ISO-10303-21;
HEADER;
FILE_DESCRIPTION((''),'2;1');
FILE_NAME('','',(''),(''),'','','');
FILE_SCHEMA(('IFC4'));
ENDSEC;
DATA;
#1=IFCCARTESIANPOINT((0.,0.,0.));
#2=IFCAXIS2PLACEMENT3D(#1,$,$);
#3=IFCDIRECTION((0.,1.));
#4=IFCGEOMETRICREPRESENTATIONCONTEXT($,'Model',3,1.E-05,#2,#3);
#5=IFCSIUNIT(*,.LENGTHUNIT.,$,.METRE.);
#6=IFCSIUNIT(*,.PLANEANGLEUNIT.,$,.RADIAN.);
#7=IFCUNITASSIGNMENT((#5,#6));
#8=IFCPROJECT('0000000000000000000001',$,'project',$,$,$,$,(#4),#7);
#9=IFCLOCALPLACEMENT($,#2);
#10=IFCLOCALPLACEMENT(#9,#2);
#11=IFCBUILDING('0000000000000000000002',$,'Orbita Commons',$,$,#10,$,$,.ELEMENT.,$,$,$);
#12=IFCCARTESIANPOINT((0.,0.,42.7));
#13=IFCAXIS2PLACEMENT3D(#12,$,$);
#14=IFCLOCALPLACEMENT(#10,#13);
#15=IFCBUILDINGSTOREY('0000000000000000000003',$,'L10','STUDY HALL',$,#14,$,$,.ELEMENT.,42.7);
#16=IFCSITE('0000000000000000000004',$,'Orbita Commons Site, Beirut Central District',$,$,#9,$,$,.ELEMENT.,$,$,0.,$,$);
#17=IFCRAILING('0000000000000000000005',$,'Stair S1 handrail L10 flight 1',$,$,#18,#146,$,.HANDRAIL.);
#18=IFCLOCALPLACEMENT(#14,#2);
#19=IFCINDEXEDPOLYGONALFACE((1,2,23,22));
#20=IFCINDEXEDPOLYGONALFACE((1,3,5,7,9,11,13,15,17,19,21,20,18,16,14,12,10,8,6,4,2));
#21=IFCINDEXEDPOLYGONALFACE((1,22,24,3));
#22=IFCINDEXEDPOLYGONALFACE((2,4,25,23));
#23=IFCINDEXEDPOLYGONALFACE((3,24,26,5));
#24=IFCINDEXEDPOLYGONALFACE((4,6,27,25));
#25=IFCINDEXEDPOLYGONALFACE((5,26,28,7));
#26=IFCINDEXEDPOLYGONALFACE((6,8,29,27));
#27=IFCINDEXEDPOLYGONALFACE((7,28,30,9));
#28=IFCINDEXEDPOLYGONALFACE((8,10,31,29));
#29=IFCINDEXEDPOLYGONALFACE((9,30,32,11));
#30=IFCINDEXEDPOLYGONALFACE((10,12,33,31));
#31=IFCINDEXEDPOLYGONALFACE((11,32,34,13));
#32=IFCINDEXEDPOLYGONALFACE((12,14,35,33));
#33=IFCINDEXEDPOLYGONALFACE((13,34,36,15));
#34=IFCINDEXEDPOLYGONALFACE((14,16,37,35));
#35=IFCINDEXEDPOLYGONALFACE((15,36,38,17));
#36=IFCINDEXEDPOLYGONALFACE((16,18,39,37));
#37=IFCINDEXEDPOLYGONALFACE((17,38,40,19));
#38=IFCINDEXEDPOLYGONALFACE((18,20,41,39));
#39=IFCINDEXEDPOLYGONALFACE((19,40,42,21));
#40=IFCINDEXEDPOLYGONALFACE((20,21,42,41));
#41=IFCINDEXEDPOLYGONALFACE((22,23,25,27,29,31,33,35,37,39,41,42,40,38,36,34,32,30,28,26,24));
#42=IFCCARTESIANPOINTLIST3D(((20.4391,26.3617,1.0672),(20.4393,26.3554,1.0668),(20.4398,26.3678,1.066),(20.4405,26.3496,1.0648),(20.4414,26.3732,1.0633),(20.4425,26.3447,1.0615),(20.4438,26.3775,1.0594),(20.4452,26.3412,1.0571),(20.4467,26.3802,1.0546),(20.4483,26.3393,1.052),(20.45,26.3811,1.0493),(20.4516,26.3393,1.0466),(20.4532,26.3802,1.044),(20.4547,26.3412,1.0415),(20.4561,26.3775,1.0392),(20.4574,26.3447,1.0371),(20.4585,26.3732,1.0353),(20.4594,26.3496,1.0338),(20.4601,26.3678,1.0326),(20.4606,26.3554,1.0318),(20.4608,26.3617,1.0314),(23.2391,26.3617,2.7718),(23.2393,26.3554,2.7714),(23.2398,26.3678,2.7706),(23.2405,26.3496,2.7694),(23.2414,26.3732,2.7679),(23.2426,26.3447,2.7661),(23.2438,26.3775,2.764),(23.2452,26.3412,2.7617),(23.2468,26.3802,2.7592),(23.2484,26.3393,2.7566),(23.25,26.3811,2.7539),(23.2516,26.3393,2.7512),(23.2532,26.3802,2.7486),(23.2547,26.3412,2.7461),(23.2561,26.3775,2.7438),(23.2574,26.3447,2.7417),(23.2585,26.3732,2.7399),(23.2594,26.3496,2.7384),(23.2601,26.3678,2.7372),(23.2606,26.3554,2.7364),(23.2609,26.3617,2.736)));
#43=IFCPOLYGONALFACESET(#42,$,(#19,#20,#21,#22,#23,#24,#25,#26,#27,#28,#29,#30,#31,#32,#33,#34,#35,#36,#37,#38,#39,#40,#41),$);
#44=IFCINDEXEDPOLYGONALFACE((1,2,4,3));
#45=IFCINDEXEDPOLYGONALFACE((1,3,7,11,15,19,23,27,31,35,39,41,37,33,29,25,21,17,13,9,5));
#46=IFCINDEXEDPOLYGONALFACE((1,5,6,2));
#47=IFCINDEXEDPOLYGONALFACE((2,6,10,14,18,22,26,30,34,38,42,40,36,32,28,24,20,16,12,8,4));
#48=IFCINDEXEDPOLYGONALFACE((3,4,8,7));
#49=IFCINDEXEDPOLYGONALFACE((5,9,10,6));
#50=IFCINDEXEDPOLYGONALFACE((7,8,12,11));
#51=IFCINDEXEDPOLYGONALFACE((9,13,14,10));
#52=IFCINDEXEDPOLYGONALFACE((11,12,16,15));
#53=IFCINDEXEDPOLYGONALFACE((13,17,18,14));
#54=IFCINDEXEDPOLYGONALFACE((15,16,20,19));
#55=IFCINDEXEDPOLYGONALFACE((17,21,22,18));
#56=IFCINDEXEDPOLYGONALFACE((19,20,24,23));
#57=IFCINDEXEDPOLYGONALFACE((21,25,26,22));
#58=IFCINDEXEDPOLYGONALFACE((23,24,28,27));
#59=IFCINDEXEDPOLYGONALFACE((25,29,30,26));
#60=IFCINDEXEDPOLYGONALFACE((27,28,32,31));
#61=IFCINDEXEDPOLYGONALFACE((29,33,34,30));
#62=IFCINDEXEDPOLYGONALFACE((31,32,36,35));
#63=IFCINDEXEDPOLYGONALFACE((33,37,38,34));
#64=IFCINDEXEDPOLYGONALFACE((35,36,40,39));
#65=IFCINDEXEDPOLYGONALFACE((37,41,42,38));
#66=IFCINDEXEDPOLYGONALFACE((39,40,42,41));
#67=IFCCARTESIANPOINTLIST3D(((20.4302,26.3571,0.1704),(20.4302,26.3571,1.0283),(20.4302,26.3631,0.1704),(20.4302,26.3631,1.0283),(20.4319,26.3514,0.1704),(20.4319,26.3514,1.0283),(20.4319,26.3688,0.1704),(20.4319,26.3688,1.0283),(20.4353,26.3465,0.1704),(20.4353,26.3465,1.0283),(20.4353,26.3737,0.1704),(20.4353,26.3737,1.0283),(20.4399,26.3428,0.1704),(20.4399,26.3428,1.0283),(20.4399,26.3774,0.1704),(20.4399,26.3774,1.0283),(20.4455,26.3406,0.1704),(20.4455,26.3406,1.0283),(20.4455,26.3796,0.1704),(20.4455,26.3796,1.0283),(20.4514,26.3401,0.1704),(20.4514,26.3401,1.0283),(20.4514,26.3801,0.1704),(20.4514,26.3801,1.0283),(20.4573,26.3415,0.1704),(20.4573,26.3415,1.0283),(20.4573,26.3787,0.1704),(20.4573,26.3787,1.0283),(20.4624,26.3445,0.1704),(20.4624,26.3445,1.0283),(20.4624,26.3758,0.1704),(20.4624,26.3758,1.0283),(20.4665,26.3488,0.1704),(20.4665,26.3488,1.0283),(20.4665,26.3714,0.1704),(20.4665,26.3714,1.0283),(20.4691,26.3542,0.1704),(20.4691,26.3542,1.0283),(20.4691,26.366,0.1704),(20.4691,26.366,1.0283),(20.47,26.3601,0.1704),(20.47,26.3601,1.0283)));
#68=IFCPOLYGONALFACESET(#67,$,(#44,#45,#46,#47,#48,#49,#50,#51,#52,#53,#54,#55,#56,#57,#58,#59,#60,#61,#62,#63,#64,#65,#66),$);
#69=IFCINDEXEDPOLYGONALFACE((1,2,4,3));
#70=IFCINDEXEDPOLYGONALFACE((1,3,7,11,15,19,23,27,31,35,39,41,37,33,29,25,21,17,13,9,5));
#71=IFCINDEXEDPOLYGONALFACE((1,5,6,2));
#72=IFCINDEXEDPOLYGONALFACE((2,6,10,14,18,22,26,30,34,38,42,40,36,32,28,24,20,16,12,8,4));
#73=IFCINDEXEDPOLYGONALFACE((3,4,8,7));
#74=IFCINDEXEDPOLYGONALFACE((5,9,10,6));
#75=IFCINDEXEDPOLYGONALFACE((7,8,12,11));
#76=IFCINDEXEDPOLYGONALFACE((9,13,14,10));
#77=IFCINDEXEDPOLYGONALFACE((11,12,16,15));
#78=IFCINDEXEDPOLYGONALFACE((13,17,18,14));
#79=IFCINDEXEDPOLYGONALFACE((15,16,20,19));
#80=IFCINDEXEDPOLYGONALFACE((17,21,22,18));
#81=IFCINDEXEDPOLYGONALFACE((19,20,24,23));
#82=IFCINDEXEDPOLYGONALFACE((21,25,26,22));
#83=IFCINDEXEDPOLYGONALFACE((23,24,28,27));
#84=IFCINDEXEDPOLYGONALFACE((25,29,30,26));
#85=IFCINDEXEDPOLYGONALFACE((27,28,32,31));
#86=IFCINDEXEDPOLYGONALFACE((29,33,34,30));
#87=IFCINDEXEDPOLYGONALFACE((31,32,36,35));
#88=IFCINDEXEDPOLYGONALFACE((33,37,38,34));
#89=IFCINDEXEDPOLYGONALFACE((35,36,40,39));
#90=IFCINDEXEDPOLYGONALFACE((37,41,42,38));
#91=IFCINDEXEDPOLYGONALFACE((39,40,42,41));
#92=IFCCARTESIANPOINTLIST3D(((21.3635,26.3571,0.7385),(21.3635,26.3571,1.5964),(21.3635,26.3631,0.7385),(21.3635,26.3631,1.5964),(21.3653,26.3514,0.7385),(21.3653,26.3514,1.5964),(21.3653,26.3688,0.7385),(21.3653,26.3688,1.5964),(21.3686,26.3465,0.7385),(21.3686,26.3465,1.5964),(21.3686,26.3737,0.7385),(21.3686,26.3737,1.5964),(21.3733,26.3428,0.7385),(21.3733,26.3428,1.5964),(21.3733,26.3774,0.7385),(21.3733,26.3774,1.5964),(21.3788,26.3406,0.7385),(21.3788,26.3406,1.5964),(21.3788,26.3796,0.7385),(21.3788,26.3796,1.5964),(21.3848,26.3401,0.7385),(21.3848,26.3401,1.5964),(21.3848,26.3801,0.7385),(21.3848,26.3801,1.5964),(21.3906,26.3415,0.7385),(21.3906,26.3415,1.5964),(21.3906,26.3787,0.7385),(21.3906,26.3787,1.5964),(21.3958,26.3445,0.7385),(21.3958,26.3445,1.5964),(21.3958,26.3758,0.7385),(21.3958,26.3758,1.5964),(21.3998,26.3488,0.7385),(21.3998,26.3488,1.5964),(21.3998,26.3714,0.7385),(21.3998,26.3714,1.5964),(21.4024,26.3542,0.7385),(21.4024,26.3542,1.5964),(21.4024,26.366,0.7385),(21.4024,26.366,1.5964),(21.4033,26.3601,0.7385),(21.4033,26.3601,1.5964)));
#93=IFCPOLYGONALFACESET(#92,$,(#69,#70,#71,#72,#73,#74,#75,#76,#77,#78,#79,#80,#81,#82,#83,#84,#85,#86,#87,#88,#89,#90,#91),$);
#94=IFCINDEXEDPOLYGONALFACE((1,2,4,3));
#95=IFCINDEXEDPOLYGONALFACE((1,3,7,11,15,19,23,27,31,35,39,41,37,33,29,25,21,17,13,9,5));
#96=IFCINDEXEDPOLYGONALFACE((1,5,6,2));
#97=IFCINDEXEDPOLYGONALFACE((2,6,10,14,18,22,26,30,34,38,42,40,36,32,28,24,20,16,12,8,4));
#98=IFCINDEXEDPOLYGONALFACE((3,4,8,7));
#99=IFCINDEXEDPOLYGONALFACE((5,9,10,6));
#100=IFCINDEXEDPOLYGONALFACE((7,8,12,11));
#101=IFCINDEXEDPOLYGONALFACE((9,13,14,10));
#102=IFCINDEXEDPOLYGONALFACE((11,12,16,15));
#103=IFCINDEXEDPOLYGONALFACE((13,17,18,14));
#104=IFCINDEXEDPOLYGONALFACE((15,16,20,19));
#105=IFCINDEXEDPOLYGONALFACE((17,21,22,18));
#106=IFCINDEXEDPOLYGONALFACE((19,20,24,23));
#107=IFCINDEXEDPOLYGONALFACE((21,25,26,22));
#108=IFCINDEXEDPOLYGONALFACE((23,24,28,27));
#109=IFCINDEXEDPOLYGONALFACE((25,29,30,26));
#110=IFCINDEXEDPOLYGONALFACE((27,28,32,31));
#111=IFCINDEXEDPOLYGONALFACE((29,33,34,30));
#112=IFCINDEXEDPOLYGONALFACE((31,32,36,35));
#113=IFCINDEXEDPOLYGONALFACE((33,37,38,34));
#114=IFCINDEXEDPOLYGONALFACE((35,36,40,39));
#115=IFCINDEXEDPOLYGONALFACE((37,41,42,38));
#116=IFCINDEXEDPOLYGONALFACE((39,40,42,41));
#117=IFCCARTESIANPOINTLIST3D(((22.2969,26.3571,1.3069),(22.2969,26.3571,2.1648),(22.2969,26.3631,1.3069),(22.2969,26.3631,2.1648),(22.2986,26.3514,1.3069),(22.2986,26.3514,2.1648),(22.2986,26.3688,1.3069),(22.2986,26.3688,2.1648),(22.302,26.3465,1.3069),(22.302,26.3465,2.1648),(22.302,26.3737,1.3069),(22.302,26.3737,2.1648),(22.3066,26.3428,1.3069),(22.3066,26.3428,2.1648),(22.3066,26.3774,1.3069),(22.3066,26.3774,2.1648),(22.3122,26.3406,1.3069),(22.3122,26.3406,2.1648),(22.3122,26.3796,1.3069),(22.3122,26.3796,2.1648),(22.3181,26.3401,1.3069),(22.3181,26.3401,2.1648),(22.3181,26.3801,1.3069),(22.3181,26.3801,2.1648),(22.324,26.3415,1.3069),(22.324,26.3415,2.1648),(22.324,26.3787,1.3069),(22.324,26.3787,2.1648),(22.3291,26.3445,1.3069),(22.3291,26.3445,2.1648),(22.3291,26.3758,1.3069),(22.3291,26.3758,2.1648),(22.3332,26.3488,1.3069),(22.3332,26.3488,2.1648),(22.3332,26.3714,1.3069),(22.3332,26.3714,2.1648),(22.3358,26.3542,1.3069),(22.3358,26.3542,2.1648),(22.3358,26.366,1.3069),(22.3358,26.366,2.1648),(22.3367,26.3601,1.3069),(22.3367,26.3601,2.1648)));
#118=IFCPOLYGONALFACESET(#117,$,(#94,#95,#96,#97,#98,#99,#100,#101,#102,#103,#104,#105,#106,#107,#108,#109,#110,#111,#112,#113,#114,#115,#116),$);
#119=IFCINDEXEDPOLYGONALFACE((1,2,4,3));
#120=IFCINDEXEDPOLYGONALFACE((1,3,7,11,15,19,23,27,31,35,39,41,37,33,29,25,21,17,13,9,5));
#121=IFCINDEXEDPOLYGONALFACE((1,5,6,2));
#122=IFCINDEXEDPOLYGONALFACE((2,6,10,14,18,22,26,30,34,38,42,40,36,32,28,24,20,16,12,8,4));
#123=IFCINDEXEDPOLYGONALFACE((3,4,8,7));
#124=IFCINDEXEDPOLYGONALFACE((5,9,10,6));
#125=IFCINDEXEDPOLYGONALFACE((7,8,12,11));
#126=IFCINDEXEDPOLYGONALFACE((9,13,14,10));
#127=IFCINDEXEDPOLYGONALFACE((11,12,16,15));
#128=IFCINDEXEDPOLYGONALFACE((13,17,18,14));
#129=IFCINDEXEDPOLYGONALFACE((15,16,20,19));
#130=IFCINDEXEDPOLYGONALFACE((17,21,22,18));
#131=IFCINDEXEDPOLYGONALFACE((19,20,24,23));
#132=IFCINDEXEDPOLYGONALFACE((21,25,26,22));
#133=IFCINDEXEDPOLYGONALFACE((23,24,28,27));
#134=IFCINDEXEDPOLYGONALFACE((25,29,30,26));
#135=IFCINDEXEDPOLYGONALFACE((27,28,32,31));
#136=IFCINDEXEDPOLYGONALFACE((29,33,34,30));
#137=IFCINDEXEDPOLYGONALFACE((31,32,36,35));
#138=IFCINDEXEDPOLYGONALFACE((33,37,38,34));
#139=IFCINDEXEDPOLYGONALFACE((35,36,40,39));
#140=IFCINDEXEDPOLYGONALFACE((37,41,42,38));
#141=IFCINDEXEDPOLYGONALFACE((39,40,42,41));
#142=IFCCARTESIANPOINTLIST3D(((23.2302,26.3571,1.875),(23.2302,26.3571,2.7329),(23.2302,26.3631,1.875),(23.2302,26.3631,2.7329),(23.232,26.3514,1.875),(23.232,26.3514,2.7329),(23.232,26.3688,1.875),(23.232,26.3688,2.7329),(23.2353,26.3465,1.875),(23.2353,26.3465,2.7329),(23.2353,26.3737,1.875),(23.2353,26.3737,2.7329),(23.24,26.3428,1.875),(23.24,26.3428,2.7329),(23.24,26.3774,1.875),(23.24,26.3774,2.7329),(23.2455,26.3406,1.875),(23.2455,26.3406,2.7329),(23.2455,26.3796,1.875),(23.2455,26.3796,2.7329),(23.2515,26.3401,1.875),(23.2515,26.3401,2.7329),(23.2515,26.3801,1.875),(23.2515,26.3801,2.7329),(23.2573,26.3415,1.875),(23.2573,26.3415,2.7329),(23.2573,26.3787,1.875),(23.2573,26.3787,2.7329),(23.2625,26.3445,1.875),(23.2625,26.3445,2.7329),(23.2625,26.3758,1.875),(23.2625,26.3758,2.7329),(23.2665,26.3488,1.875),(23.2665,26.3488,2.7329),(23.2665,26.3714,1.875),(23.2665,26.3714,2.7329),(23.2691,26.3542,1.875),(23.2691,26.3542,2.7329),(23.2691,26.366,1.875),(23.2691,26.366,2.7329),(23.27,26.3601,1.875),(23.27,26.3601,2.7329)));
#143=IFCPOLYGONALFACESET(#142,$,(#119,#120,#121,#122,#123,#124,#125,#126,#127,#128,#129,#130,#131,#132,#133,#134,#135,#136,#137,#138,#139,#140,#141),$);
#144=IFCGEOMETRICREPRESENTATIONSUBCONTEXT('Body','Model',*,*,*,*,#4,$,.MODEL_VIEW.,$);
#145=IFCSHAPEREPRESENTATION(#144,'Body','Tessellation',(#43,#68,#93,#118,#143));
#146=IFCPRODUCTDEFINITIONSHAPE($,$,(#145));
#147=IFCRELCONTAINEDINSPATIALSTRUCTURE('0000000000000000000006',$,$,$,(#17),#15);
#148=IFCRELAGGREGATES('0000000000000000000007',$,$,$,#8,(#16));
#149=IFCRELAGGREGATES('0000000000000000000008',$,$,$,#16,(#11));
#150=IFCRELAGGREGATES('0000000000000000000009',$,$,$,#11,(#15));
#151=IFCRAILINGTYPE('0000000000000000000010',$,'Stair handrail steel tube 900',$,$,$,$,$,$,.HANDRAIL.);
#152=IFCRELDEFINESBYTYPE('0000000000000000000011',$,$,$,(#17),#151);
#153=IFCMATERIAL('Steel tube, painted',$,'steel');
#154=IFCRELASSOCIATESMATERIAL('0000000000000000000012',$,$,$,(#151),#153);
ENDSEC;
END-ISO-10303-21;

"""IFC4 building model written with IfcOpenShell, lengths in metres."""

from ifc_helpers import new_model, si_unit, direction, frame, origin, origin_2d, place, context, subcontext, project, spatial, circle, extrude, material, type_object, element, save


model = new_model("IFC4")

# Units and contexts
model_context = context("Model", 3, precision=1e-05, world=origin(), true_north=direction((0.0, 1.0)))
body_context = subcontext(model_context, "Body", "Model", "MODEL_VIEW")
ifc_project = project(units=[si_unit("LENGTHUNIT", "METRE"), si_unit("PLANEANGLEUNIT", "RADIAN")], contexts=[model_context])

# Site, building, storey
site_placement = place(None, origin())
site = spatial("IfcSite", under=ifc_project, at=site_placement, Name="Orbita Commons Site, Beirut Central District", CompositionType="ELEMENT", RefElevation=0.0)
building_placement = place(site_placement, origin())
building = spatial("IfcBuilding", under=site, at=building_placement, Name="Orbita Commons", CompositionType="ELEMENT")
storey_placement = place(building_placement, frame((0.0, 0.0, 42.7)))
storey = spatial("IfcBuildingStorey", under=building, at=storey_placement, Name="L10", Description="STUDY HALL", CompositionType="ELEMENT", Elevation=42.7)

# Railing
ifc_material_1 = material(Name="Steel tube, painted", Category="steel")
railing_type = type_object("IfcRailingType", Name="Stair handrail steel tube 900", PredefinedType="HANDRAIL", material=ifc_material_1)
for number, where, name in (
    (1, (20.45, 26.3601, 0.1704), "Stair S1 handrail L10 flight 1"),
):
    element("IfcRailing", number, at=place(storey_placement, frame(where)), inside=storey, type_object=railing_type, Name=name, PredefinedType="HANDRAIL", context=body_context, shape_type="SweptSolid", body=[
        extrude(circle(Radius=0.021, at=origin_2d()), frame((0.0, 0.0, 0.8789), z_axis=(0.85417, 0.0, 0.519994), x_axis=(0.0, 1.0, 0.0)), (0.0, 0.0, 1.0), 3.2781),
        extrude(circle(Radius=0.02, at=origin_2d()), origin(), (0.0, 0.0, 1.0), 0.8579),
        extrude(circle(Radius=0.02, at=origin_2d()), frame((0.9333, 0.0, 0.5681)), (0.0, 0.0, 1.0), 0.8579),
        extrude(circle(Radius=0.02, at=origin_2d()), frame((1.8667, 0.0, 1.1365)), (0.0, 0.0, 1.0), 0.8579),
        extrude(circle(Radius=0.02, at=origin_2d()), frame((2.8, 0.0, 1.7046)), (0.0, 0.0, 1.0), 0.8579),
    ])

save(model, "model.ifc")
